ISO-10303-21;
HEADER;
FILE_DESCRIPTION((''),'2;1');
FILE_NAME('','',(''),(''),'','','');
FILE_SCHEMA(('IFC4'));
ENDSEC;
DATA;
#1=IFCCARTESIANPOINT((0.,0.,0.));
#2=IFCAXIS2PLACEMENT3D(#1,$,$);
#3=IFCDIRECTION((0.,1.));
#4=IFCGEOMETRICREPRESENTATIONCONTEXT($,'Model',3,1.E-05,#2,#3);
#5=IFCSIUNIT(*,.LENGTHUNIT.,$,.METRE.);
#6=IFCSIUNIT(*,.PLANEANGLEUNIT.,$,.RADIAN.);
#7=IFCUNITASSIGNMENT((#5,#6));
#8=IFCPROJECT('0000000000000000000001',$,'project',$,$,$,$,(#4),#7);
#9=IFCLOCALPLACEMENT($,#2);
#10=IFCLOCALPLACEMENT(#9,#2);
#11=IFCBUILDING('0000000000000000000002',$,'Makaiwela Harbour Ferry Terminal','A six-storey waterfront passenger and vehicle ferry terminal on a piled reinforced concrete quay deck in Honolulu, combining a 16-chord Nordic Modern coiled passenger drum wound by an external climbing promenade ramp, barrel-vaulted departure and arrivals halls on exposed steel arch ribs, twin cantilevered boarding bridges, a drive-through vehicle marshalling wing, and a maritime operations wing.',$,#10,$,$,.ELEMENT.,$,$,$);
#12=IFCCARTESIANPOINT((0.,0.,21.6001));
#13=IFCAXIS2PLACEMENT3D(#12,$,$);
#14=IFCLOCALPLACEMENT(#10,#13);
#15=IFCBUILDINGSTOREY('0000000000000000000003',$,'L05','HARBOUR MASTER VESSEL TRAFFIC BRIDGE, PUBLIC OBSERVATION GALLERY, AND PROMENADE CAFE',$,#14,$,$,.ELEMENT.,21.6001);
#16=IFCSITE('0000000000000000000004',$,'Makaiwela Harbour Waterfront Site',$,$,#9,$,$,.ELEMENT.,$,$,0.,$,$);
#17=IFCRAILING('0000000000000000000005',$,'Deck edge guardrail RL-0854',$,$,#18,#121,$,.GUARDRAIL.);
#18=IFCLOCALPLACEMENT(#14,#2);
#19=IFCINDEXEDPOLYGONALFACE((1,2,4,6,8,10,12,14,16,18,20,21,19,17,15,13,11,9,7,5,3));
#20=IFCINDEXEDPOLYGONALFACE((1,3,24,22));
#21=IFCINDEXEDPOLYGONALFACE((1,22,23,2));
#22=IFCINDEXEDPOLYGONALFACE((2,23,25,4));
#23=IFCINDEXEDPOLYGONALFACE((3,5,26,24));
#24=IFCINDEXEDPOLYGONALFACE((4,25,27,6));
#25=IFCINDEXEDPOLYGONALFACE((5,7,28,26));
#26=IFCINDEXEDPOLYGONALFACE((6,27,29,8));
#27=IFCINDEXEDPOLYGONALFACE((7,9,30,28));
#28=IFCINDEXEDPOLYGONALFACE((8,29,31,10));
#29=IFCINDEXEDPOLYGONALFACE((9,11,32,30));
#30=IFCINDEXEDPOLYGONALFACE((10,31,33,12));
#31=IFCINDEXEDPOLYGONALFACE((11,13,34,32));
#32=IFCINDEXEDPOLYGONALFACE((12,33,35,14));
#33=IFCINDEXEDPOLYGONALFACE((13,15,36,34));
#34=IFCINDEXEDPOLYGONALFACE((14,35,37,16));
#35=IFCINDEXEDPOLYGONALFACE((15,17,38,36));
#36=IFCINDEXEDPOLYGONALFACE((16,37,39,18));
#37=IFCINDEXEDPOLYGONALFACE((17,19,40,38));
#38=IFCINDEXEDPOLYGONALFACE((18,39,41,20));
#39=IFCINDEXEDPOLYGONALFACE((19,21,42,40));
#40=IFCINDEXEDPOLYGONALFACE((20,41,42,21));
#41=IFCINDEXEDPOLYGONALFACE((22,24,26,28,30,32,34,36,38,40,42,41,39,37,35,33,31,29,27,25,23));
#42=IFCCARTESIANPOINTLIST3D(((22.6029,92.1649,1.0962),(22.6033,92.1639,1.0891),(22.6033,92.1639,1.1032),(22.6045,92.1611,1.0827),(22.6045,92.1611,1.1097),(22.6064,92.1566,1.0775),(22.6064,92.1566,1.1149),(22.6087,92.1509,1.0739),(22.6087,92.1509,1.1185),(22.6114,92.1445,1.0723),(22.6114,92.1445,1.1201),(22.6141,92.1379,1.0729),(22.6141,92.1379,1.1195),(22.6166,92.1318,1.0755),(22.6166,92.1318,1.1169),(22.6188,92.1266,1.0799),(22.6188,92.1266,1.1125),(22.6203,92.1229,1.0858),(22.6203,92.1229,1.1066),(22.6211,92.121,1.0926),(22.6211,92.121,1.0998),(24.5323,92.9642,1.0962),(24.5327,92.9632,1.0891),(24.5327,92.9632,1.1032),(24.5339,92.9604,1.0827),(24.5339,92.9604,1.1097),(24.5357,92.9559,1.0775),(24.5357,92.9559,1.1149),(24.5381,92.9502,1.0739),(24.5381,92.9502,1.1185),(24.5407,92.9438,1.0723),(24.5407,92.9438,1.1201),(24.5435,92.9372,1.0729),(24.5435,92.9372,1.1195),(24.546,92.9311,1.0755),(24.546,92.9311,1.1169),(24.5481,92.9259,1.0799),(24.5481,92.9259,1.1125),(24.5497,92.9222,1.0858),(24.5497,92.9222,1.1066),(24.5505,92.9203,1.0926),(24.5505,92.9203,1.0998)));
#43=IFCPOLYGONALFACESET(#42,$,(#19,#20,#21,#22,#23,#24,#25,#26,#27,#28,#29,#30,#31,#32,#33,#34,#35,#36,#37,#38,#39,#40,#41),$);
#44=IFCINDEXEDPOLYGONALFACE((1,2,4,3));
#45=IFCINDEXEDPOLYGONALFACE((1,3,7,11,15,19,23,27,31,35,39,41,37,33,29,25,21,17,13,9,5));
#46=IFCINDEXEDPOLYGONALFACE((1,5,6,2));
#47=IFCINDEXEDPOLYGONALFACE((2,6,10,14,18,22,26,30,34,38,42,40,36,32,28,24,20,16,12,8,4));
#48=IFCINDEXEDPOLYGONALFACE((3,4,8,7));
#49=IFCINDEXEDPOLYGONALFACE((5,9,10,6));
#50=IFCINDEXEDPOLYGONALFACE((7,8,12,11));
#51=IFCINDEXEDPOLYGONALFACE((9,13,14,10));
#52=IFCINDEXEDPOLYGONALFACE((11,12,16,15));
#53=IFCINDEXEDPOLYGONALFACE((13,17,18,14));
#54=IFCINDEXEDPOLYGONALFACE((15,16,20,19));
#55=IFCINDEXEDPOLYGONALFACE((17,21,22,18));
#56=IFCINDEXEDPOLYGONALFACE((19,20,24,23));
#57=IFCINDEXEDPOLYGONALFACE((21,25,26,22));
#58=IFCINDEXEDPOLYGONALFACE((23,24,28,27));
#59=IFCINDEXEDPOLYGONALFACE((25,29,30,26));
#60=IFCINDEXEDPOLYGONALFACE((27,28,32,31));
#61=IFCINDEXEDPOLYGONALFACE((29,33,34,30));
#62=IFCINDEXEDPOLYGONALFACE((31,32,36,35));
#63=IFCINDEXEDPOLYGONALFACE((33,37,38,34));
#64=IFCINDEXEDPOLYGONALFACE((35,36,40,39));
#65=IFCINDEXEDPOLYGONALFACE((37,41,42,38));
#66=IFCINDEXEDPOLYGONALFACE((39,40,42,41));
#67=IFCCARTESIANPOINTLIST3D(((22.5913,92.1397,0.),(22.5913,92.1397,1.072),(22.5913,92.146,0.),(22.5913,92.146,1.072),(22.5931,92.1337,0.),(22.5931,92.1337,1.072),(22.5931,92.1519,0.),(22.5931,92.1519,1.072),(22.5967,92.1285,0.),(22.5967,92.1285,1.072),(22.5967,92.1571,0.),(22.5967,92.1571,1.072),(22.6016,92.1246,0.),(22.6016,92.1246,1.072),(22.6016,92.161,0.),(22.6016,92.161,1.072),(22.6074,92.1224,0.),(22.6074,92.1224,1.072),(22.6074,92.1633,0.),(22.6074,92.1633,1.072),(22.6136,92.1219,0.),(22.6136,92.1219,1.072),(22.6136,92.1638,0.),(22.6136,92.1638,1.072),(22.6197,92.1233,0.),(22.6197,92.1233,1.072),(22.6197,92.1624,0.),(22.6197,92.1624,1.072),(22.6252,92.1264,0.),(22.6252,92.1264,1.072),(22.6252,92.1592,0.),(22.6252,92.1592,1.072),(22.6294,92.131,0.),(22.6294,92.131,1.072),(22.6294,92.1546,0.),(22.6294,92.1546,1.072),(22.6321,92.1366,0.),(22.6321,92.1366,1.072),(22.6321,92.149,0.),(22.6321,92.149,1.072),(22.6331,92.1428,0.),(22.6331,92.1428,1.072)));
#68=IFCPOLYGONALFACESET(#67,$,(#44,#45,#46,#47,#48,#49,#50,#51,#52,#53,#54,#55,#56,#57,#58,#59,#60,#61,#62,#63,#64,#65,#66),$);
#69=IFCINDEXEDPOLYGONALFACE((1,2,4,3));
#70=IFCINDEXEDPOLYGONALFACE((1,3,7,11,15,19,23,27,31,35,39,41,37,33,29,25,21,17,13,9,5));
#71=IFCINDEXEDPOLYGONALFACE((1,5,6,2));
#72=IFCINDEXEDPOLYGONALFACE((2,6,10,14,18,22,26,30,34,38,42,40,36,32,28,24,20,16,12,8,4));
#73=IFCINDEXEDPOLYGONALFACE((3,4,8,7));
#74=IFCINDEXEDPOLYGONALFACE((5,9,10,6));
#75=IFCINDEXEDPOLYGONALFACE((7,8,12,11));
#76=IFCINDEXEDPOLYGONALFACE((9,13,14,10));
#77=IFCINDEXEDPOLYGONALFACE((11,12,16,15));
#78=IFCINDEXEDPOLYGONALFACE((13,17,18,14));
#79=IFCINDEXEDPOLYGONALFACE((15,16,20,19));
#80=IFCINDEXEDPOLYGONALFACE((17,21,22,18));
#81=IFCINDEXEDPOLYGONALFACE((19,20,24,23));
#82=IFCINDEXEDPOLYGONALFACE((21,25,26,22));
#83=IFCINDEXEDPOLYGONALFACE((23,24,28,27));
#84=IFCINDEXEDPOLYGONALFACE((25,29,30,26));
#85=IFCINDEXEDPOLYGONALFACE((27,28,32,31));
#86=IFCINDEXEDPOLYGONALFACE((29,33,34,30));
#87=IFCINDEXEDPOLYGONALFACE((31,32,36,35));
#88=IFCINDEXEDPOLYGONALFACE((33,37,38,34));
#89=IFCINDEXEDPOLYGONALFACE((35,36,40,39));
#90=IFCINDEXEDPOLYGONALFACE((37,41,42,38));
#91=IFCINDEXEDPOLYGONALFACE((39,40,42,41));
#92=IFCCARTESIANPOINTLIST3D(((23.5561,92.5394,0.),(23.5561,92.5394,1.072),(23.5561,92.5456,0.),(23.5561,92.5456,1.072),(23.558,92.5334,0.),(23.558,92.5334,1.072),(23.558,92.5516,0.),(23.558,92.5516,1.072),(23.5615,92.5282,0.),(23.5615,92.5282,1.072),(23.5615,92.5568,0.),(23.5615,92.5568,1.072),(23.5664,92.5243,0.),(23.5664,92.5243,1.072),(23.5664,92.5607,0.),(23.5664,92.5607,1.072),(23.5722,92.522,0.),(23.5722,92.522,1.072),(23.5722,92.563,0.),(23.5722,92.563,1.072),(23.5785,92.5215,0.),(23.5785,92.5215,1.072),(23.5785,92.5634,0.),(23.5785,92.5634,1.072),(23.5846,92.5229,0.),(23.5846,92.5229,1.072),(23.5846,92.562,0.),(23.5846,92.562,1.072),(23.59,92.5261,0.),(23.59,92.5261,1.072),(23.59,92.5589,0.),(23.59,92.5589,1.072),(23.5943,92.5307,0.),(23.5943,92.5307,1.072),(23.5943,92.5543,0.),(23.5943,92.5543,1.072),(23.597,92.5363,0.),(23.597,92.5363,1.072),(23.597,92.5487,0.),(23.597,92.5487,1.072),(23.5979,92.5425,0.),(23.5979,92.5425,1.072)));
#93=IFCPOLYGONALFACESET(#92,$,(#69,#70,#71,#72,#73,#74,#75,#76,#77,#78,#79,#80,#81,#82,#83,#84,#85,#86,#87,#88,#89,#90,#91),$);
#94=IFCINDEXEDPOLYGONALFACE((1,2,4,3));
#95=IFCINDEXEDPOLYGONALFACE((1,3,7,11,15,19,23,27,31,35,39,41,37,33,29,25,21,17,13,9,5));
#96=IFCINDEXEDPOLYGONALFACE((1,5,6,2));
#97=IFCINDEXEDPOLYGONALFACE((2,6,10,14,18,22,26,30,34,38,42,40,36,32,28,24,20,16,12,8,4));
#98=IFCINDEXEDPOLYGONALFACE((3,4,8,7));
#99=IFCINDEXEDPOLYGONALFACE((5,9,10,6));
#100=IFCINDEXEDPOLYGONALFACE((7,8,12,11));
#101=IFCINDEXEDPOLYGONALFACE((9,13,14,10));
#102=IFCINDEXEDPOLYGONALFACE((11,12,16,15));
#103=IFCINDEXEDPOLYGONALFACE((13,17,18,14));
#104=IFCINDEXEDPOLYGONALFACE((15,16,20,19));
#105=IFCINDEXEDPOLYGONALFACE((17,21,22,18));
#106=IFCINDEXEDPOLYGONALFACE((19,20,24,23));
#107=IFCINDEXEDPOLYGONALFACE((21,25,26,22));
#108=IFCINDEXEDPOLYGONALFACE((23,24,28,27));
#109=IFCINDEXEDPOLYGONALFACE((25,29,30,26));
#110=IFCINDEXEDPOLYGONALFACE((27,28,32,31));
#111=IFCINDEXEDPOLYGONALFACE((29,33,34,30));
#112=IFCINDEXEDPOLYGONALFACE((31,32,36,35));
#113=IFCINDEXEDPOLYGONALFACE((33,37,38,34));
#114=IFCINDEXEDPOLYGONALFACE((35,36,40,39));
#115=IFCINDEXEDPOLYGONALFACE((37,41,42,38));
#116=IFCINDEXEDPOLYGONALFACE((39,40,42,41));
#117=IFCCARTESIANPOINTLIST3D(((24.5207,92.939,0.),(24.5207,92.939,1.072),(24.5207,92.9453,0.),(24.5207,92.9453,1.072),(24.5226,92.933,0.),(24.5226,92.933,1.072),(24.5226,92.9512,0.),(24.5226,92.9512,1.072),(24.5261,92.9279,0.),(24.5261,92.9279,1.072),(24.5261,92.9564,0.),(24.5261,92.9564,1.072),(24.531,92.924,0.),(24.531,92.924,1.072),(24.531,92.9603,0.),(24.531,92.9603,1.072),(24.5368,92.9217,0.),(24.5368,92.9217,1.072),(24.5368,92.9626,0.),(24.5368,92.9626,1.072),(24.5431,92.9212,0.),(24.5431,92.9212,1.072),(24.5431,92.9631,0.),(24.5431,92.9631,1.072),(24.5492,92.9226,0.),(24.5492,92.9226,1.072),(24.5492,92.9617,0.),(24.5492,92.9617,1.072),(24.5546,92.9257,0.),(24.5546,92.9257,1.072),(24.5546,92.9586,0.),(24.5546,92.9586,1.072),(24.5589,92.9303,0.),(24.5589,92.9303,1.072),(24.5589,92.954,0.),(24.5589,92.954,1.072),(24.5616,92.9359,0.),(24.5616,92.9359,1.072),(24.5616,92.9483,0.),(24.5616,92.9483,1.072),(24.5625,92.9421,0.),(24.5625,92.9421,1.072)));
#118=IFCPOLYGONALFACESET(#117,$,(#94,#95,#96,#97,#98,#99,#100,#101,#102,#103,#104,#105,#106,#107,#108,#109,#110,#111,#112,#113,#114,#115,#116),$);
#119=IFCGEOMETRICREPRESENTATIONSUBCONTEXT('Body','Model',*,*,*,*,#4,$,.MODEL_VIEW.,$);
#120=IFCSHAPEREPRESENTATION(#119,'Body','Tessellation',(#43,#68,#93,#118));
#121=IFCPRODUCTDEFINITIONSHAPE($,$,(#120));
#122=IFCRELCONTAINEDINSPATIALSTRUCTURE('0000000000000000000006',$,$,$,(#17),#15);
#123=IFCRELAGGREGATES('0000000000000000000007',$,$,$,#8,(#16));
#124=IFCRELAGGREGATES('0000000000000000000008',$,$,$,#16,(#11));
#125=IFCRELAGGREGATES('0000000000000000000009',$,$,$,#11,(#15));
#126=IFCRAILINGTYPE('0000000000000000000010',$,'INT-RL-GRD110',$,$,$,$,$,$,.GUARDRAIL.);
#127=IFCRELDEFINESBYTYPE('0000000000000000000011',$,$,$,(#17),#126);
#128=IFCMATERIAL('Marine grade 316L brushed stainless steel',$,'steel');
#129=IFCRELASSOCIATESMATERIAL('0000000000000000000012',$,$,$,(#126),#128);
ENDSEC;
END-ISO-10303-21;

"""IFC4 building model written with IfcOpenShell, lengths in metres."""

from ifc_helpers import new_model, si_unit, direction, frame, origin, origin_2d, place, context, subcontext, project, spatial, circle, extrude, material, type_object, element, save


model = new_model("IFC4")

# Units and contexts
model_context = context("Model", 3, precision=1e-05, world=origin(), true_north=direction((0.0, 1.0)))
body_context = subcontext(model_context, "Body", "Model", "MODEL_VIEW")
ifc_project = project(units=[si_unit("LENGTHUNIT", "METRE"), si_unit("PLANEANGLEUNIT", "RADIAN")], contexts=[model_context])

# Site, building, storey
site_placement = place(None, origin())
site = spatial("IfcSite", under=ifc_project, at=site_placement, Name="Makaiwela Harbour Waterfront Site", CompositionType="ELEMENT", RefElevation=0.0)
building_placement = place(site_placement, origin())
building = spatial("IfcBuilding", under=site, at=building_placement, Name="Makaiwela Harbour Ferry Terminal", Description="A six-storey waterfront passenger and vehicle ferry terminal on a piled reinforced concrete quay deck in Honolulu, combining a 16-chord Nordic Modern coiled passenger drum wound by an external climbing promenade ramp, barrel-vaulted departure and arrivals halls on exposed steel arch ribs, twin cantilevered boarding bridges, a drive-through vehicle marshalling wing, and a maritime operations wing.", CompositionType="ELEMENT")
storey_placement = place(building_placement, frame((0.0, 0.0, 21.6001)))
storey = spatial("IfcBuildingStorey", under=building, at=storey_placement, Name="L05", Description="HARBOUR MASTER VESSEL TRAFFIC BRIDGE, PUBLIC OBSERVATION GALLERY, AND PROMENADE CAFE", CompositionType="ELEMENT", Elevation=21.6001)

# Railing
ifc_material_1 = material(Name="Marine grade 316L brushed stainless steel", Category="steel")
railing_type = type_object("IfcRailingType", Name="INT-RL-GRD110", PredefinedType="GUARDRAIL", material=ifc_material_1)
railing_1_placement = place(storey_placement, frame((22.6121, 92.1428, 0.0)))
element("IfcRailing", 1, at=railing_1_placement, inside=storey, type_object=railing_type, Name="Deck edge guardrail RL-0854", PredefinedType="GUARDRAIL", context=body_context, shape_type="SweptSolid", body=[
    extrude(circle(Radius=0.0239, at=origin_2d()), frame((0.0, 0.0, 1.0962), z_axis=(0.92386, 0.38273, 0.0), x_axis=(-0.38273, 0.92386, 0.0)), (0.0, 0.0, 1.0), 2.0884),
    extrude(circle(Radius=0.021, at=origin_2d()), origin(), (0.0, 0.0, 1.0), 1.072),
    extrude(circle(Radius=0.021, at=origin_2d()), frame((0.9648, 0.3997, 0.0)), (0.0, 0.0, 1.0), 1.072),
    extrude(circle(Radius=0.021, at=origin_2d()), frame((1.9294, 0.7993, 0.0)), (0.0, 0.0, 1.0), 1.072),
])

save(model, "model.ifc")
